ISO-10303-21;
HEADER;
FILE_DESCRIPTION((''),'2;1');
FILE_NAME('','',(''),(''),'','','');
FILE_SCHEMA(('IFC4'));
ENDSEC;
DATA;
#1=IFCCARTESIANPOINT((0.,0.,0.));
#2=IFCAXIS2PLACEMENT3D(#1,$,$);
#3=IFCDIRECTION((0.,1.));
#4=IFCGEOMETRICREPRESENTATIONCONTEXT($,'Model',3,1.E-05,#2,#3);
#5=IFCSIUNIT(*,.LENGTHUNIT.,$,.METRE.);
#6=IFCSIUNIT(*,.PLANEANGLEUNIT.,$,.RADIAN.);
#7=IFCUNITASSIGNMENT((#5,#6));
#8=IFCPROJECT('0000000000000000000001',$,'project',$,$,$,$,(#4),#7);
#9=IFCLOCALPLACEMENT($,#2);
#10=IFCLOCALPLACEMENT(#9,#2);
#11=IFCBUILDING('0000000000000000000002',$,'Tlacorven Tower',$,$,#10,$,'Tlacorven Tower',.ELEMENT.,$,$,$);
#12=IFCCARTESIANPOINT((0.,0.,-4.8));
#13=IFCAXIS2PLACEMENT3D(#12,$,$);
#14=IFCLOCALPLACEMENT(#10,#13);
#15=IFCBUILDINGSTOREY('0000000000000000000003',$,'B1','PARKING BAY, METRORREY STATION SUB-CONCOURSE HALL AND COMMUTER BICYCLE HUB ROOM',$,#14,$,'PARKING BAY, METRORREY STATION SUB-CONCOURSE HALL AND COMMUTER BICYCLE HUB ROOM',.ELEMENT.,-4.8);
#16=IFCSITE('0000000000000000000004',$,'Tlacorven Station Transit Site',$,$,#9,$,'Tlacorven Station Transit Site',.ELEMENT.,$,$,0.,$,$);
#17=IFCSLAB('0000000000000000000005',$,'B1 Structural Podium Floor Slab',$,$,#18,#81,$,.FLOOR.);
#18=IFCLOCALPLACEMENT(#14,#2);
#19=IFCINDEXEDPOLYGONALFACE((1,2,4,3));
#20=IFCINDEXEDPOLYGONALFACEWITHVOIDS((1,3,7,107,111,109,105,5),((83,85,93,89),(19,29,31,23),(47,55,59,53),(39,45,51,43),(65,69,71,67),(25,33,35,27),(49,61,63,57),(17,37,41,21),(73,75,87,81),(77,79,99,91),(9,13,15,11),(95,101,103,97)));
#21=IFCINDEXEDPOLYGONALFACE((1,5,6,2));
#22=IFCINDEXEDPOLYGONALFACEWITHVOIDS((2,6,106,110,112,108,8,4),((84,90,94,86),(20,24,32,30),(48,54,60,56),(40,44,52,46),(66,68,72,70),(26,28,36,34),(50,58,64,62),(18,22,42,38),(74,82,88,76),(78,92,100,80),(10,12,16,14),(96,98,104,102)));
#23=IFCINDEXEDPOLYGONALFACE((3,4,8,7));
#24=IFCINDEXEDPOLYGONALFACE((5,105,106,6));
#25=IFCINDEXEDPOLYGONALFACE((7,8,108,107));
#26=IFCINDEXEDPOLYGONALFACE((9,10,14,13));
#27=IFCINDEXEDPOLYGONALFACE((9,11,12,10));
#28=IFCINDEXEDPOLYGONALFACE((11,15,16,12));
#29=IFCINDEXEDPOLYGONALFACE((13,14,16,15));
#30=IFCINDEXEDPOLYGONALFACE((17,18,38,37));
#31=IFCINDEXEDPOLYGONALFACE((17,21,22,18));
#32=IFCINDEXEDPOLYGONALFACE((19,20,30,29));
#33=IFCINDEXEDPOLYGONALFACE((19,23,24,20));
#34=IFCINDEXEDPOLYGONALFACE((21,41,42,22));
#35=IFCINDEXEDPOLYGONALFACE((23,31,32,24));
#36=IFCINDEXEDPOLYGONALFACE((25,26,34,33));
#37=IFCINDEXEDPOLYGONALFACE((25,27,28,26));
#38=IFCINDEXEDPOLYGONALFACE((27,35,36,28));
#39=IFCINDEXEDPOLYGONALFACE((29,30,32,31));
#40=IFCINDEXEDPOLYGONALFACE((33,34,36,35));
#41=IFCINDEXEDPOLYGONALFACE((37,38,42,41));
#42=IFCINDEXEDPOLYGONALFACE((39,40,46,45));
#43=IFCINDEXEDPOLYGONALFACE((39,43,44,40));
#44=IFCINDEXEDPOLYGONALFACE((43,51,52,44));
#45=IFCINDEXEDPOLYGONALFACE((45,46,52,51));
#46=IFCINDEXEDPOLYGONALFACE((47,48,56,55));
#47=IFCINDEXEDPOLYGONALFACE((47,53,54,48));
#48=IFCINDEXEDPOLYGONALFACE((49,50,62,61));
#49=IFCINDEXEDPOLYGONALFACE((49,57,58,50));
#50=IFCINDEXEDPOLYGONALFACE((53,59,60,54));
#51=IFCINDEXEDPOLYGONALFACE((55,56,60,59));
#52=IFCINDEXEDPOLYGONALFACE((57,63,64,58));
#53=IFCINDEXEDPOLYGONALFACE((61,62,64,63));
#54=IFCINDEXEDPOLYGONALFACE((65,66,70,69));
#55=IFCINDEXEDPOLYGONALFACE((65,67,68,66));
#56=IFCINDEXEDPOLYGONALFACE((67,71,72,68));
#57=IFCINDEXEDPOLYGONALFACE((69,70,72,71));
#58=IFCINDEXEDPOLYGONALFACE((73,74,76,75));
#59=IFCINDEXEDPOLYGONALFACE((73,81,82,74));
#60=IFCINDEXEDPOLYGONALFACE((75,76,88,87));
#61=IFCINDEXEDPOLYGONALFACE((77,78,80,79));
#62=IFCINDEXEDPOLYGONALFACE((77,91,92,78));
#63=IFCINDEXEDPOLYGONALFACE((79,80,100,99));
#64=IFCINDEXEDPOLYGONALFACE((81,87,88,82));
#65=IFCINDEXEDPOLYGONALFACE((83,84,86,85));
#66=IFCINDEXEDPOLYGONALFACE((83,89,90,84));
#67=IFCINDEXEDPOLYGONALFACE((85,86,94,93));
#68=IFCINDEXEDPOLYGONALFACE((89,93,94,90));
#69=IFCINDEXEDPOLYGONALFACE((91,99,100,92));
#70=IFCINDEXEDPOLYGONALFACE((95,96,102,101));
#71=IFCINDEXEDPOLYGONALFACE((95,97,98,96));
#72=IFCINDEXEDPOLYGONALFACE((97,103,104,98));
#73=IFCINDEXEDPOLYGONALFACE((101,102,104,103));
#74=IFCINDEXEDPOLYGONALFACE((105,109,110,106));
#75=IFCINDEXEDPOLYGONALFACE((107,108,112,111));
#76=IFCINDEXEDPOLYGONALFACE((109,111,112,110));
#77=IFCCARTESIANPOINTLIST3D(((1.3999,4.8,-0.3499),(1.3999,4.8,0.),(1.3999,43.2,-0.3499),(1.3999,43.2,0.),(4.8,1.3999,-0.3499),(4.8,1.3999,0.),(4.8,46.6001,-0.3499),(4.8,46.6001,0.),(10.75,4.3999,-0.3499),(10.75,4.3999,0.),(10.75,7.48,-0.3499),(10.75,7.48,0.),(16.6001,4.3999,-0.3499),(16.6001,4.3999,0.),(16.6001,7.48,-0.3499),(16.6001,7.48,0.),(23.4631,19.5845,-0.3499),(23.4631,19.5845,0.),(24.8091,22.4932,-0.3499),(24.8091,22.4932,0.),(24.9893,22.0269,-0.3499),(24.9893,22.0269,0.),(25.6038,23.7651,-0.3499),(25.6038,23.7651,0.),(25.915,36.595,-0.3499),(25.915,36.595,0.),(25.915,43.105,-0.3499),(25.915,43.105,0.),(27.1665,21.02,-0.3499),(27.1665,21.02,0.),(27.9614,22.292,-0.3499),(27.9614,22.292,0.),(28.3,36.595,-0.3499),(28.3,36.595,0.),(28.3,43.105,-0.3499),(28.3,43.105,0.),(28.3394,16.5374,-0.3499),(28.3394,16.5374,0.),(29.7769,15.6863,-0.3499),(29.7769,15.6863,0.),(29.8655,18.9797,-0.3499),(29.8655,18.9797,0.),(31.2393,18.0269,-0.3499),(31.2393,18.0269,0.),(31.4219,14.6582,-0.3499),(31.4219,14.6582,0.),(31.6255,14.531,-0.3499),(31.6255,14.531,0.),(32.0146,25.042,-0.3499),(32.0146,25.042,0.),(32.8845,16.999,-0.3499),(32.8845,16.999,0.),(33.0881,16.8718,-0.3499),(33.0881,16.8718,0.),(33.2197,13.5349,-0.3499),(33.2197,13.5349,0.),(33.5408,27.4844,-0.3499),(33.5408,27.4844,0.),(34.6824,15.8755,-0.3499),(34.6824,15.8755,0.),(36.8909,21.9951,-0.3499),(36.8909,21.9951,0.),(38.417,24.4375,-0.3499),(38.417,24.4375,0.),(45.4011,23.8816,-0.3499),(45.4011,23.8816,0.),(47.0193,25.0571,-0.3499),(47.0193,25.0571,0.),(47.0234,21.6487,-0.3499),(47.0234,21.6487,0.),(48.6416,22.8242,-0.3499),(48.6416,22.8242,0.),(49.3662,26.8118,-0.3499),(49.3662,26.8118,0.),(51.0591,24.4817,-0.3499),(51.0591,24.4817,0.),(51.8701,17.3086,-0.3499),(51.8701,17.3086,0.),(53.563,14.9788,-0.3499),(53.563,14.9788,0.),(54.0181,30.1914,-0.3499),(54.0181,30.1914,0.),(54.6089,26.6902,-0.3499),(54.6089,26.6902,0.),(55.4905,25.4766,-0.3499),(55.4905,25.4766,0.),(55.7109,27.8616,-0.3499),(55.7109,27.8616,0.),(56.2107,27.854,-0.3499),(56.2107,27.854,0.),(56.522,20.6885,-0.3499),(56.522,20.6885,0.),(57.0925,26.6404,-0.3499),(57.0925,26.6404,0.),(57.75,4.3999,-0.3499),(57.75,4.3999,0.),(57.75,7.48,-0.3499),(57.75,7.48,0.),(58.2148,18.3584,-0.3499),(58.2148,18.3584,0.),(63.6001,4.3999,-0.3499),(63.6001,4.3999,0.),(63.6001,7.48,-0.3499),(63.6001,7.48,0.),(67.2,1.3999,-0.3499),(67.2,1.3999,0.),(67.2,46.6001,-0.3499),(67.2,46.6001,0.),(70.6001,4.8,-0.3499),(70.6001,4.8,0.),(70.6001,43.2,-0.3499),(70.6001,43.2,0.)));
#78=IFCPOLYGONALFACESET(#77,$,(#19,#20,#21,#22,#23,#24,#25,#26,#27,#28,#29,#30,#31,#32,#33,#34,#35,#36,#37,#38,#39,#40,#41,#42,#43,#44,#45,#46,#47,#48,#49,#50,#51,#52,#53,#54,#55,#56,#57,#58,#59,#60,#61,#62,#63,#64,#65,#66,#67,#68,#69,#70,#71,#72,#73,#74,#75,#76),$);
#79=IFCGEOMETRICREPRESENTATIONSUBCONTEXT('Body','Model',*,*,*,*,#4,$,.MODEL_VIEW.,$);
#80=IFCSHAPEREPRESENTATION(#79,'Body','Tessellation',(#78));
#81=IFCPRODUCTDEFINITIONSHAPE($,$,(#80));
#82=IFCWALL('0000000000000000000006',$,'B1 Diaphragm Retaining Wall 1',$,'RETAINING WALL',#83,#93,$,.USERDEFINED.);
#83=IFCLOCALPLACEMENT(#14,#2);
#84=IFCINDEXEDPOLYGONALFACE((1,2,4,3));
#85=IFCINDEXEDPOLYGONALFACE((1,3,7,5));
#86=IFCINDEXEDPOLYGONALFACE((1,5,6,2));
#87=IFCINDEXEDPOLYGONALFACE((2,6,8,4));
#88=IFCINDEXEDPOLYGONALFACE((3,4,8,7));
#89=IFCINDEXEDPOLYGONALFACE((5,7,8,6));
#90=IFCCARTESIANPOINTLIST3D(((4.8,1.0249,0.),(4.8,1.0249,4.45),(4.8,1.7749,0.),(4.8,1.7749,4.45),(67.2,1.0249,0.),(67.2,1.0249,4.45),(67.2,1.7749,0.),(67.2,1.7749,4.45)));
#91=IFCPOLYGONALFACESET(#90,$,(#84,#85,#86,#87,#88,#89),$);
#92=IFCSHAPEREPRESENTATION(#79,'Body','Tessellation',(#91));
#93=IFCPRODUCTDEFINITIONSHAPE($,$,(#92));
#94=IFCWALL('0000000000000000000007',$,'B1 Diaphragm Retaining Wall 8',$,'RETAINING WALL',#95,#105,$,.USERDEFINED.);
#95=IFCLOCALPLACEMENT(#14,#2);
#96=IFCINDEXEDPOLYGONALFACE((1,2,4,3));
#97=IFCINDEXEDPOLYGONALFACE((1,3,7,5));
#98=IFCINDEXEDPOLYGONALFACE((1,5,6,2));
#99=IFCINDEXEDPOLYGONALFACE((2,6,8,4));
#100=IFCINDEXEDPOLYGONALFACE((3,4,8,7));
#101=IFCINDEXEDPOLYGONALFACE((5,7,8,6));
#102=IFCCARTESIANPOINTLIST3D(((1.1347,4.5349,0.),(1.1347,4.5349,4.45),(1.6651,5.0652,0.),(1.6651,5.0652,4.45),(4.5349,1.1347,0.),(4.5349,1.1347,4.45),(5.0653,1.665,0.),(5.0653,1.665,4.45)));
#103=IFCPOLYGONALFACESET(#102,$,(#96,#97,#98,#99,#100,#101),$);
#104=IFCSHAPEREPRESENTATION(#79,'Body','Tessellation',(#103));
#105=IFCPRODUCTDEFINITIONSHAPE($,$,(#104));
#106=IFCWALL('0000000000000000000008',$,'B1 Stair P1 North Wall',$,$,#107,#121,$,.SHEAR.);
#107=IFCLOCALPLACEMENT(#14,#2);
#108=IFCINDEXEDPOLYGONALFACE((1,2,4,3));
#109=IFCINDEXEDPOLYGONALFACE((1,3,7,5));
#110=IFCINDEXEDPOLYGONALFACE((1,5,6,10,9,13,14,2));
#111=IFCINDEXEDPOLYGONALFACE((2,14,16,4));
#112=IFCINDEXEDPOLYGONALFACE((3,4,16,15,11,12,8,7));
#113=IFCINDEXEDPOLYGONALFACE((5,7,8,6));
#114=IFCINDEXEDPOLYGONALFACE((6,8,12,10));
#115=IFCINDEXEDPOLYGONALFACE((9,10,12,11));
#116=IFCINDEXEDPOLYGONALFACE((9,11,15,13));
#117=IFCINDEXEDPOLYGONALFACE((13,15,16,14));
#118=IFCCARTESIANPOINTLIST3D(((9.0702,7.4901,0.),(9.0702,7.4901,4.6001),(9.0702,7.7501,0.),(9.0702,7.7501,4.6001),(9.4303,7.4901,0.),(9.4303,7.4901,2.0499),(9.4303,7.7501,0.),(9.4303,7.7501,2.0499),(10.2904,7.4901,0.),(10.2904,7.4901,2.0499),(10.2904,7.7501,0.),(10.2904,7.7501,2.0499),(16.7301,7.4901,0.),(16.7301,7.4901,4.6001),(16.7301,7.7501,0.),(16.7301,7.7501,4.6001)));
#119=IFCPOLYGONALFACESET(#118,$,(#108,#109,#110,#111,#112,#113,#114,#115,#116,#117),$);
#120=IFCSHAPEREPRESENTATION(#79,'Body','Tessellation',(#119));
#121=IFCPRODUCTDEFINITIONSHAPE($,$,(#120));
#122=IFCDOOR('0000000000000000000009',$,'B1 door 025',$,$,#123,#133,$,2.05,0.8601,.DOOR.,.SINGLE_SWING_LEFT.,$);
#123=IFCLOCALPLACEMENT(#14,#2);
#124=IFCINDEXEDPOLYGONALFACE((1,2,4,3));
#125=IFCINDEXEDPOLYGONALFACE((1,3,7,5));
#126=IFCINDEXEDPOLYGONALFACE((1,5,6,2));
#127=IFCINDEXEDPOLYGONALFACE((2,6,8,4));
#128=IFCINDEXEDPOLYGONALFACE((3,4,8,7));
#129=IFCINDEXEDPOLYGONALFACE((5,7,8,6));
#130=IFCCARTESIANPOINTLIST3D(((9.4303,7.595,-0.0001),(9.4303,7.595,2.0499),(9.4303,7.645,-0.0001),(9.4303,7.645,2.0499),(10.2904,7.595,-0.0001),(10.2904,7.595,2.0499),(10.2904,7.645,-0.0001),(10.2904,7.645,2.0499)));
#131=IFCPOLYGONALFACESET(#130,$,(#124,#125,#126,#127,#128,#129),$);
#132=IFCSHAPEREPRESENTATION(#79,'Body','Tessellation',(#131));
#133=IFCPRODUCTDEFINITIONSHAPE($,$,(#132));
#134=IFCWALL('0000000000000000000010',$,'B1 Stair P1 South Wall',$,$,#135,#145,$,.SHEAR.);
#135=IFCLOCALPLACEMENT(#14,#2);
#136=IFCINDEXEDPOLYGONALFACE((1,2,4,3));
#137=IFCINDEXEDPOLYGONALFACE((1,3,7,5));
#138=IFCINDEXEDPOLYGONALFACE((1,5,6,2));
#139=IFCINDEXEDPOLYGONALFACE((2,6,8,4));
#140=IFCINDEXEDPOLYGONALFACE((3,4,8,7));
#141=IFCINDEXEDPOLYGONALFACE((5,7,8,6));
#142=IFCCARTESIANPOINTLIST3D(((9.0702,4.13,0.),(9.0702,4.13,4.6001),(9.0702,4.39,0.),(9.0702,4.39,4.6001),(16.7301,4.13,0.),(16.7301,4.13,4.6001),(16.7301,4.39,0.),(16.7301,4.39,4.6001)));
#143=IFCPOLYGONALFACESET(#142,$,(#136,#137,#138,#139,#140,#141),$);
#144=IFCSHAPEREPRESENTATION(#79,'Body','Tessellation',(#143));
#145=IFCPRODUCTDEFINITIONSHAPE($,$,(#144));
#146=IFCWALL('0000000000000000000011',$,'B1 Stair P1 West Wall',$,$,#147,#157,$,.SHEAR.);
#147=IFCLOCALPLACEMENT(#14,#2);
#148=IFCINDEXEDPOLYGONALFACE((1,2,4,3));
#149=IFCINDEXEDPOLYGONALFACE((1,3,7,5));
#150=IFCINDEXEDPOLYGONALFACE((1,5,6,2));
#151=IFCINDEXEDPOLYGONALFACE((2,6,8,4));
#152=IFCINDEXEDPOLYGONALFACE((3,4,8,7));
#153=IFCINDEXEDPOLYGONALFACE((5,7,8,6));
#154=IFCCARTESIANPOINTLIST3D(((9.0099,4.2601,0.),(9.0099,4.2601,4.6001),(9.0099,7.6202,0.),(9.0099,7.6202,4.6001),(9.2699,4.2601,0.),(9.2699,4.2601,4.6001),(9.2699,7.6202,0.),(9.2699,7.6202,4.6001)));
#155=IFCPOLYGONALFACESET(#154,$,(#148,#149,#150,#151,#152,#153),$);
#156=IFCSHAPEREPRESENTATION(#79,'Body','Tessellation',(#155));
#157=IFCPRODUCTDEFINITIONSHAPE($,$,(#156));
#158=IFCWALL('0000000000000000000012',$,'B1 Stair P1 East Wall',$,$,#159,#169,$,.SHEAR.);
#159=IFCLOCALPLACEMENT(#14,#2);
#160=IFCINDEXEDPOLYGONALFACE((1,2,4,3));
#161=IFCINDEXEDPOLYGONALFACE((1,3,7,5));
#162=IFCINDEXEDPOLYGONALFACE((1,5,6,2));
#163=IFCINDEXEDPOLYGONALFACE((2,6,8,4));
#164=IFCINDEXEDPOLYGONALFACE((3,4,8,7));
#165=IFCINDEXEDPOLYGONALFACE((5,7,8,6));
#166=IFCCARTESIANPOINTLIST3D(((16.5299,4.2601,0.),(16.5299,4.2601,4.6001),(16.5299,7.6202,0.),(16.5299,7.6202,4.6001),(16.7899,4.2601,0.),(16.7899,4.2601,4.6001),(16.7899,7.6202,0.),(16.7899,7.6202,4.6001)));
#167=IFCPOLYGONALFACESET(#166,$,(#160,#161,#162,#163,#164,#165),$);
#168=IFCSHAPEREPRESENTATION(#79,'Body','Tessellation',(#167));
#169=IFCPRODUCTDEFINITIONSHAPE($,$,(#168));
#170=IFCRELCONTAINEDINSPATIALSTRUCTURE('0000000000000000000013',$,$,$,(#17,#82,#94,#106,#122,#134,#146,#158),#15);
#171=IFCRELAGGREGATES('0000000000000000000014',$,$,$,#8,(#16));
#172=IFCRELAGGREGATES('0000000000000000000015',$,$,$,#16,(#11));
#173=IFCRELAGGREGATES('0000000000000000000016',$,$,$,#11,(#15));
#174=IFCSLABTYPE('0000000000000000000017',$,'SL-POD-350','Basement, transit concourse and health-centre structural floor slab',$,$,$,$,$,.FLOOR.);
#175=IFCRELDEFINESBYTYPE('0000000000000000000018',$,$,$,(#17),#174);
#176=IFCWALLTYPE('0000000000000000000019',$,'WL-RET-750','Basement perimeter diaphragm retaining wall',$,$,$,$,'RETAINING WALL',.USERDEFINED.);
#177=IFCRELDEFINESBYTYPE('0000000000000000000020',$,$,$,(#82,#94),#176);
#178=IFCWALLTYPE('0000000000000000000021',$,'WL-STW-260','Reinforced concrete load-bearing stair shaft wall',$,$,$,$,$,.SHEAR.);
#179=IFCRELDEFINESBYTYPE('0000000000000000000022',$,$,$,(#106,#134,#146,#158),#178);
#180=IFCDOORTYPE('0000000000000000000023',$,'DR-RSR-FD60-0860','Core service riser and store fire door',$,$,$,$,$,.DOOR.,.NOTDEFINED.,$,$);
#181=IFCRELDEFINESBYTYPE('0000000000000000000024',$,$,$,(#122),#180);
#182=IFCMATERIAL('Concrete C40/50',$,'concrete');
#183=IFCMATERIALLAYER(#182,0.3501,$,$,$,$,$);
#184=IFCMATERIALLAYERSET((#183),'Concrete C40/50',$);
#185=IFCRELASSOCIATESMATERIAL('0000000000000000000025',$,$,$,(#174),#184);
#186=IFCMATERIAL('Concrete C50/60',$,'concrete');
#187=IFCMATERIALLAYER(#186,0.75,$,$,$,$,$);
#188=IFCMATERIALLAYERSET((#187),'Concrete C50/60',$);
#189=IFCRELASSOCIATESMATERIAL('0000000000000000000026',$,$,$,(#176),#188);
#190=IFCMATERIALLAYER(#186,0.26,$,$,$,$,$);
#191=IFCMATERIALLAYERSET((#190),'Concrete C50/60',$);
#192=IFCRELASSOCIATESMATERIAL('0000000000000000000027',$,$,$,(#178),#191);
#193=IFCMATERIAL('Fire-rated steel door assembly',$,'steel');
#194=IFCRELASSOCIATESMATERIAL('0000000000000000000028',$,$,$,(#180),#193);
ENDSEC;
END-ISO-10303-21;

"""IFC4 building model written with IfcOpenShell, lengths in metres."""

from ifc_helpers import new_model, si_unit, direction, frame, frame_2d, origin, place, context, subcontext, project, spatial, polyline, rectangle, outline, extrude, source, transform, mapped, material, layer, layer_set, type_object, element, fill, save


model = new_model("IFC4")

# Units and contexts
model_context = context("Model", 3, precision=1e-05, world=origin(), true_north=direction((0.0, 1.0)))
body_context = subcontext(model_context, "Body", "Model", "MODEL_VIEW")
ifc_project = project(units=[si_unit("LENGTHUNIT", "METRE"), si_unit("PLANEANGLEUNIT", "RADIAN")], contexts=[model_context])

# Site, building, storey
site_placement = place(None, origin())
site = spatial("IfcSite", under=ifc_project, at=site_placement, Name="Tlacorven Station Transit Site", LongName="Tlacorven Station Transit Site", CompositionType="ELEMENT", RefElevation=0.0)
building_placement = place(site_placement, origin())
building = spatial("IfcBuilding", under=site, at=building_placement, Name="Tlacorven Tower", LongName="Tlacorven Tower", CompositionType="ELEMENT")
storey_placement = place(building_placement, frame((0.0, 0.0, -4.8)))
storey = spatial("IfcBuildingStorey", under=building, at=storey_placement, Name="B1", Description="PARKING BAY, METRORREY STATION SUB-CONCOURSE HALL AND COMMUTER BICYCLE HUB ROOM", LongName="PARKING BAY, METRORREY STATION SUB-CONCOURSE HALL AND COMMUTER BICYCLE HUB ROOM", CompositionType="ELEMENT", Elevation=-4.8)

# Shared definitions
ifc_material_1 = material(Name="Concrete C40/50", Category="concrete")

# Slab
ifc_layer_1 = layer(ifc_material_1, 0.3501)
ifc_layer_set_1 = layer_set([ifc_layer_1], Name="Concrete C40/50")
slab_type_1 = type_object("IfcSlabType", Name="SL-POD-350", Description="Basement, transit concourse and health-centre structural floor slab", PredefinedType="FLOOR", material=ifc_layer_set_1)
slab_1_placement = place(storey_placement, frame((0.0, 0.0, -0.3499)))
element("IfcSlab", 1, at=slab_1_placement, inside=storey, type_object=slab_type_1, Name="B1 Structural Podium Floor Slab", PredefinedType="FLOOR", context=body_context, shape_type="SweptSolid", body=[
    extrude(outline(polyline([(4.8, 1.3999), (67.2, 1.3999), (70.6001, 4.8), (70.6001, 43.2), (67.2, 46.6001), (4.8, 46.6001), (1.3999, 43.2), (1.3999, 4.8), (4.8, 1.3999)]), holes=[polyline([(29.8655, 18.9797), (24.9893, 22.0269), (23.4631, 19.5845), (28.3394, 16.5374), (29.8655, 18.9797)]), polyline([(38.417, 24.4375), (33.5408, 27.4844), (32.0146, 25.042), (36.8909, 21.9951), (38.417, 24.4375)]), polyline([(51.0591, 24.4817), (55.7109, 27.8616), (54.0181, 30.1914), (49.3662, 26.8118), (51.0591, 24.4817)]), polyline([(53.563, 14.9788), (58.2148, 18.3584), (56.522, 20.6885), (51.8701, 17.3086), (53.563, 14.9788)]), polyline([(10.75, 4.3999), (16.6001, 4.3999), (16.6001, 7.48), (10.75, 7.48), (10.75, 4.3999)]), polyline([(57.75, 4.3999), (63.6001, 4.3999), (63.6001, 7.48), (57.75, 7.48), (57.75, 4.3999)]), polyline([(25.915, 36.595), (28.3, 36.595), (28.3, 43.105), (25.915, 43.105), (25.915, 36.595)]), polyline([(34.6824, 15.8755), (33.0881, 16.8718), (31.6255, 14.531), (33.2197, 13.5349), (34.6824, 15.8755)]), polyline([(32.8845, 16.999), (31.2393, 18.0269), (29.7769, 15.6863), (31.4219, 14.6582), (32.8845, 16.999)]), polyline([(47.0234, 21.6487), (48.6416, 22.8242), (47.0193, 25.0571), (45.4011, 23.8816), (47.0234, 21.6487)]), polyline([(27.9614, 22.292), (25.6038, 23.7651), (24.8091, 22.4932), (27.1665, 21.02), (27.9614, 22.292)]), polyline([(55.4905, 25.4766), (57.0925, 26.6404), (56.2107, 27.854), (54.6089, 26.6902), (55.4905, 25.4766)])]), origin(), (0.0, 0.0, 1.0), 0.3499),
])

# Walls
ifc_material_2 = material(Name="Concrete C50/60", Category="concrete")
ifc_layer_2 = layer(ifc_material_2, 0.75)
ifc_layer_set_2 = layer_set([ifc_layer_2], Name="Concrete C50/60")
wall_type_1 = type_object("IfcWallType", Name="WL-RET-750", Description="Basement perimeter diaphragm retaining wall", ElementType="RETAINING WALL", PredefinedType="USERDEFINED", material=ifc_layer_set_2)
wall_1_placement = place(storey_placement, frame((4.8, 1.3999, 0.0), z_axis=(0.0, 0.0, 1.0), x_axis=(1.0, 0.0, 0.0)))
element("IfcWall", 2, at=wall_1_placement, inside=storey, type_object=wall_type_1, Name="B1 Diaphragm Retaining Wall 1", ObjectType="RETAINING WALL", PredefinedType="USERDEFINED", context=body_context, shape_type="SweptSolid", body=[
    extrude(rectangle(XDim=62.3999, YDim=0.75, at=frame_2d((31.2, 0.0))), origin(), (0.0, 0.0, 1.0), 4.45),
])
wall_2_placement = place(storey_placement, frame((1.3999, 4.8, 0.0), z_axis=(0.0, 0.0, 1.0), x_axis=(0.707107, -0.707107, 0.0)))
element("IfcWall", 3, at=wall_2_placement, inside=storey, type_object=wall_type_1, Name="B1 Diaphragm Retaining Wall 8", ObjectType="RETAINING WALL", PredefinedType="USERDEFINED", context=body_context, shape_type="SweptSolid", body=[
    extrude(rectangle(XDim=4.8086, YDim=0.75, at=frame_2d((2.4043, 0.0))), origin(), (0.0, 0.0, 1.0), 4.45),
])

# Wall, opening, door
ifc_layer_3 = layer(ifc_material_2, 0.26)
ifc_layer_set_3 = layer_set([ifc_layer_3], Name="Concrete C50/60")
wall_type_2 = type_object("IfcWallType", Name="WL-STW-260", Description="Reinforced concrete load-bearing stair shaft wall", PredefinedType="SHEAR", material=ifc_layer_set_3)
wall_3_placement = place(storey_placement, frame((9.0701, 7.6201, 0.0), z_axis=(0.0, 0.0, 1.0), x_axis=(1.0, 0.0, 0.0)))
wall_3 = element("IfcWall", 4, at=wall_3_placement, inside=storey, type_object=wall_type_2, Name="B1 Stair P1 North Wall", PredefinedType="SHEAR", context=body_context, shape_type="SweptSolid", body=[
    extrude(rectangle(XDim=7.6599, YDim=0.26, at=frame_2d((3.8301, 0.0))), origin(), (0.0, 0.0, 1.0), 4.6001),
])
opening_placement = place(wall_3_placement, frame((0.3601, 0.0, 0.0)))
opening = element("IfcOpeningElement", 5, at=opening_placement, cuts=wall_3, PredefinedType="OPENING", context=body_context, shape_type="SweptSolid", body=[
    extrude(rectangle(XDim=0.8601, YDim=2.05, at=frame_2d((0.4302, 1.0249))), frame((0.0, 0.1401, 0.0), z_axis=(0.0, -1.0, 0.0), x_axis=(1.0, 0.0, 0.0)), (0.0, 0.0, 1.0), 0.28),
])
ifc_material_3 = material(Name="Fire-rated steel door assembly", Category="steel")
door_type = type_object("IfcDoorType", Name="DR-RSR-FD60-0860", Description="Core service riser and store fire door", OperationType="NOTDEFINED", PredefinedType="DOOR", material=ifc_material_3)
shared_shape_1 = source(origin(), body_context, "Body", "SweptSolid", [
    extrude(rectangle(XDim=0.8601, YDim=2.05, at=frame_2d((0.4302, 1.0249))), frame((0.0, 0.0249, 0.0), z_axis=(0.0, -1.0, 0.0), x_axis=(1.0, 0.0, 0.0)), (0.0, 0.0, 1.0), 0.05),
])
door_placement = place(opening_placement, origin())
door = element("IfcDoor", 6, at=door_placement, inside=storey, type_object=door_type, Name="B1 door 025", OperationType="SINGLE_SWING_LEFT", OverallHeight=2.05, OverallWidth=0.8601, PredefinedType="DOOR", context=body_context, shape_type="MappedRepresentation", body=[
    mapped(shared_shape_1, transform((0.0, 0.0, 0.0), scale=1.0)),
])
fill(opening, door)

# Walls
wall_4_placement = place(storey_placement, frame((9.0701, 4.26, 0.0), z_axis=(0.0, 0.0, 1.0), x_axis=(1.0, 0.0, 0.0)))
element("IfcWall", 7, at=wall_4_placement, inside=storey, type_object=wall_type_2, Name="B1 Stair P1 South Wall", PredefinedType="SHEAR", context=body_context, shape_type="SweptSolid", body=[
    extrude(rectangle(XDim=7.6599, YDim=0.26, at=frame_2d((3.8301, 0.0))), origin(), (0.0, 0.0, 1.0), 4.6001),
])
for number, where, z_axis, x_axis, name in (
    (8, (9.1399, 4.26, 0.0), (0.0, 0.0, 1.0), (0.0, 1.0, 0.0), "B1 Stair P1 West Wall"),
    (9, (16.6599, 4.26, 0.0), (0.0, 0.0, 1.0), (0.0, 1.0, 0.0), "B1 Stair P1 East Wall"),
):
    element("IfcWall", number, at=place(storey_placement, frame(where, z_axis=z_axis, x_axis=x_axis)), inside=storey, type_object=wall_type_2, Name=name, PredefinedType="SHEAR", context=body_context, shape_type="SweptSolid", body=[
        extrude(rectangle(XDim=3.3601, YDim=0.26, at=frame_2d((1.6802, 0.0))), origin(), (0.0, 0.0, 1.0), 4.6001),
    ])

save(model, "model.ifc")
